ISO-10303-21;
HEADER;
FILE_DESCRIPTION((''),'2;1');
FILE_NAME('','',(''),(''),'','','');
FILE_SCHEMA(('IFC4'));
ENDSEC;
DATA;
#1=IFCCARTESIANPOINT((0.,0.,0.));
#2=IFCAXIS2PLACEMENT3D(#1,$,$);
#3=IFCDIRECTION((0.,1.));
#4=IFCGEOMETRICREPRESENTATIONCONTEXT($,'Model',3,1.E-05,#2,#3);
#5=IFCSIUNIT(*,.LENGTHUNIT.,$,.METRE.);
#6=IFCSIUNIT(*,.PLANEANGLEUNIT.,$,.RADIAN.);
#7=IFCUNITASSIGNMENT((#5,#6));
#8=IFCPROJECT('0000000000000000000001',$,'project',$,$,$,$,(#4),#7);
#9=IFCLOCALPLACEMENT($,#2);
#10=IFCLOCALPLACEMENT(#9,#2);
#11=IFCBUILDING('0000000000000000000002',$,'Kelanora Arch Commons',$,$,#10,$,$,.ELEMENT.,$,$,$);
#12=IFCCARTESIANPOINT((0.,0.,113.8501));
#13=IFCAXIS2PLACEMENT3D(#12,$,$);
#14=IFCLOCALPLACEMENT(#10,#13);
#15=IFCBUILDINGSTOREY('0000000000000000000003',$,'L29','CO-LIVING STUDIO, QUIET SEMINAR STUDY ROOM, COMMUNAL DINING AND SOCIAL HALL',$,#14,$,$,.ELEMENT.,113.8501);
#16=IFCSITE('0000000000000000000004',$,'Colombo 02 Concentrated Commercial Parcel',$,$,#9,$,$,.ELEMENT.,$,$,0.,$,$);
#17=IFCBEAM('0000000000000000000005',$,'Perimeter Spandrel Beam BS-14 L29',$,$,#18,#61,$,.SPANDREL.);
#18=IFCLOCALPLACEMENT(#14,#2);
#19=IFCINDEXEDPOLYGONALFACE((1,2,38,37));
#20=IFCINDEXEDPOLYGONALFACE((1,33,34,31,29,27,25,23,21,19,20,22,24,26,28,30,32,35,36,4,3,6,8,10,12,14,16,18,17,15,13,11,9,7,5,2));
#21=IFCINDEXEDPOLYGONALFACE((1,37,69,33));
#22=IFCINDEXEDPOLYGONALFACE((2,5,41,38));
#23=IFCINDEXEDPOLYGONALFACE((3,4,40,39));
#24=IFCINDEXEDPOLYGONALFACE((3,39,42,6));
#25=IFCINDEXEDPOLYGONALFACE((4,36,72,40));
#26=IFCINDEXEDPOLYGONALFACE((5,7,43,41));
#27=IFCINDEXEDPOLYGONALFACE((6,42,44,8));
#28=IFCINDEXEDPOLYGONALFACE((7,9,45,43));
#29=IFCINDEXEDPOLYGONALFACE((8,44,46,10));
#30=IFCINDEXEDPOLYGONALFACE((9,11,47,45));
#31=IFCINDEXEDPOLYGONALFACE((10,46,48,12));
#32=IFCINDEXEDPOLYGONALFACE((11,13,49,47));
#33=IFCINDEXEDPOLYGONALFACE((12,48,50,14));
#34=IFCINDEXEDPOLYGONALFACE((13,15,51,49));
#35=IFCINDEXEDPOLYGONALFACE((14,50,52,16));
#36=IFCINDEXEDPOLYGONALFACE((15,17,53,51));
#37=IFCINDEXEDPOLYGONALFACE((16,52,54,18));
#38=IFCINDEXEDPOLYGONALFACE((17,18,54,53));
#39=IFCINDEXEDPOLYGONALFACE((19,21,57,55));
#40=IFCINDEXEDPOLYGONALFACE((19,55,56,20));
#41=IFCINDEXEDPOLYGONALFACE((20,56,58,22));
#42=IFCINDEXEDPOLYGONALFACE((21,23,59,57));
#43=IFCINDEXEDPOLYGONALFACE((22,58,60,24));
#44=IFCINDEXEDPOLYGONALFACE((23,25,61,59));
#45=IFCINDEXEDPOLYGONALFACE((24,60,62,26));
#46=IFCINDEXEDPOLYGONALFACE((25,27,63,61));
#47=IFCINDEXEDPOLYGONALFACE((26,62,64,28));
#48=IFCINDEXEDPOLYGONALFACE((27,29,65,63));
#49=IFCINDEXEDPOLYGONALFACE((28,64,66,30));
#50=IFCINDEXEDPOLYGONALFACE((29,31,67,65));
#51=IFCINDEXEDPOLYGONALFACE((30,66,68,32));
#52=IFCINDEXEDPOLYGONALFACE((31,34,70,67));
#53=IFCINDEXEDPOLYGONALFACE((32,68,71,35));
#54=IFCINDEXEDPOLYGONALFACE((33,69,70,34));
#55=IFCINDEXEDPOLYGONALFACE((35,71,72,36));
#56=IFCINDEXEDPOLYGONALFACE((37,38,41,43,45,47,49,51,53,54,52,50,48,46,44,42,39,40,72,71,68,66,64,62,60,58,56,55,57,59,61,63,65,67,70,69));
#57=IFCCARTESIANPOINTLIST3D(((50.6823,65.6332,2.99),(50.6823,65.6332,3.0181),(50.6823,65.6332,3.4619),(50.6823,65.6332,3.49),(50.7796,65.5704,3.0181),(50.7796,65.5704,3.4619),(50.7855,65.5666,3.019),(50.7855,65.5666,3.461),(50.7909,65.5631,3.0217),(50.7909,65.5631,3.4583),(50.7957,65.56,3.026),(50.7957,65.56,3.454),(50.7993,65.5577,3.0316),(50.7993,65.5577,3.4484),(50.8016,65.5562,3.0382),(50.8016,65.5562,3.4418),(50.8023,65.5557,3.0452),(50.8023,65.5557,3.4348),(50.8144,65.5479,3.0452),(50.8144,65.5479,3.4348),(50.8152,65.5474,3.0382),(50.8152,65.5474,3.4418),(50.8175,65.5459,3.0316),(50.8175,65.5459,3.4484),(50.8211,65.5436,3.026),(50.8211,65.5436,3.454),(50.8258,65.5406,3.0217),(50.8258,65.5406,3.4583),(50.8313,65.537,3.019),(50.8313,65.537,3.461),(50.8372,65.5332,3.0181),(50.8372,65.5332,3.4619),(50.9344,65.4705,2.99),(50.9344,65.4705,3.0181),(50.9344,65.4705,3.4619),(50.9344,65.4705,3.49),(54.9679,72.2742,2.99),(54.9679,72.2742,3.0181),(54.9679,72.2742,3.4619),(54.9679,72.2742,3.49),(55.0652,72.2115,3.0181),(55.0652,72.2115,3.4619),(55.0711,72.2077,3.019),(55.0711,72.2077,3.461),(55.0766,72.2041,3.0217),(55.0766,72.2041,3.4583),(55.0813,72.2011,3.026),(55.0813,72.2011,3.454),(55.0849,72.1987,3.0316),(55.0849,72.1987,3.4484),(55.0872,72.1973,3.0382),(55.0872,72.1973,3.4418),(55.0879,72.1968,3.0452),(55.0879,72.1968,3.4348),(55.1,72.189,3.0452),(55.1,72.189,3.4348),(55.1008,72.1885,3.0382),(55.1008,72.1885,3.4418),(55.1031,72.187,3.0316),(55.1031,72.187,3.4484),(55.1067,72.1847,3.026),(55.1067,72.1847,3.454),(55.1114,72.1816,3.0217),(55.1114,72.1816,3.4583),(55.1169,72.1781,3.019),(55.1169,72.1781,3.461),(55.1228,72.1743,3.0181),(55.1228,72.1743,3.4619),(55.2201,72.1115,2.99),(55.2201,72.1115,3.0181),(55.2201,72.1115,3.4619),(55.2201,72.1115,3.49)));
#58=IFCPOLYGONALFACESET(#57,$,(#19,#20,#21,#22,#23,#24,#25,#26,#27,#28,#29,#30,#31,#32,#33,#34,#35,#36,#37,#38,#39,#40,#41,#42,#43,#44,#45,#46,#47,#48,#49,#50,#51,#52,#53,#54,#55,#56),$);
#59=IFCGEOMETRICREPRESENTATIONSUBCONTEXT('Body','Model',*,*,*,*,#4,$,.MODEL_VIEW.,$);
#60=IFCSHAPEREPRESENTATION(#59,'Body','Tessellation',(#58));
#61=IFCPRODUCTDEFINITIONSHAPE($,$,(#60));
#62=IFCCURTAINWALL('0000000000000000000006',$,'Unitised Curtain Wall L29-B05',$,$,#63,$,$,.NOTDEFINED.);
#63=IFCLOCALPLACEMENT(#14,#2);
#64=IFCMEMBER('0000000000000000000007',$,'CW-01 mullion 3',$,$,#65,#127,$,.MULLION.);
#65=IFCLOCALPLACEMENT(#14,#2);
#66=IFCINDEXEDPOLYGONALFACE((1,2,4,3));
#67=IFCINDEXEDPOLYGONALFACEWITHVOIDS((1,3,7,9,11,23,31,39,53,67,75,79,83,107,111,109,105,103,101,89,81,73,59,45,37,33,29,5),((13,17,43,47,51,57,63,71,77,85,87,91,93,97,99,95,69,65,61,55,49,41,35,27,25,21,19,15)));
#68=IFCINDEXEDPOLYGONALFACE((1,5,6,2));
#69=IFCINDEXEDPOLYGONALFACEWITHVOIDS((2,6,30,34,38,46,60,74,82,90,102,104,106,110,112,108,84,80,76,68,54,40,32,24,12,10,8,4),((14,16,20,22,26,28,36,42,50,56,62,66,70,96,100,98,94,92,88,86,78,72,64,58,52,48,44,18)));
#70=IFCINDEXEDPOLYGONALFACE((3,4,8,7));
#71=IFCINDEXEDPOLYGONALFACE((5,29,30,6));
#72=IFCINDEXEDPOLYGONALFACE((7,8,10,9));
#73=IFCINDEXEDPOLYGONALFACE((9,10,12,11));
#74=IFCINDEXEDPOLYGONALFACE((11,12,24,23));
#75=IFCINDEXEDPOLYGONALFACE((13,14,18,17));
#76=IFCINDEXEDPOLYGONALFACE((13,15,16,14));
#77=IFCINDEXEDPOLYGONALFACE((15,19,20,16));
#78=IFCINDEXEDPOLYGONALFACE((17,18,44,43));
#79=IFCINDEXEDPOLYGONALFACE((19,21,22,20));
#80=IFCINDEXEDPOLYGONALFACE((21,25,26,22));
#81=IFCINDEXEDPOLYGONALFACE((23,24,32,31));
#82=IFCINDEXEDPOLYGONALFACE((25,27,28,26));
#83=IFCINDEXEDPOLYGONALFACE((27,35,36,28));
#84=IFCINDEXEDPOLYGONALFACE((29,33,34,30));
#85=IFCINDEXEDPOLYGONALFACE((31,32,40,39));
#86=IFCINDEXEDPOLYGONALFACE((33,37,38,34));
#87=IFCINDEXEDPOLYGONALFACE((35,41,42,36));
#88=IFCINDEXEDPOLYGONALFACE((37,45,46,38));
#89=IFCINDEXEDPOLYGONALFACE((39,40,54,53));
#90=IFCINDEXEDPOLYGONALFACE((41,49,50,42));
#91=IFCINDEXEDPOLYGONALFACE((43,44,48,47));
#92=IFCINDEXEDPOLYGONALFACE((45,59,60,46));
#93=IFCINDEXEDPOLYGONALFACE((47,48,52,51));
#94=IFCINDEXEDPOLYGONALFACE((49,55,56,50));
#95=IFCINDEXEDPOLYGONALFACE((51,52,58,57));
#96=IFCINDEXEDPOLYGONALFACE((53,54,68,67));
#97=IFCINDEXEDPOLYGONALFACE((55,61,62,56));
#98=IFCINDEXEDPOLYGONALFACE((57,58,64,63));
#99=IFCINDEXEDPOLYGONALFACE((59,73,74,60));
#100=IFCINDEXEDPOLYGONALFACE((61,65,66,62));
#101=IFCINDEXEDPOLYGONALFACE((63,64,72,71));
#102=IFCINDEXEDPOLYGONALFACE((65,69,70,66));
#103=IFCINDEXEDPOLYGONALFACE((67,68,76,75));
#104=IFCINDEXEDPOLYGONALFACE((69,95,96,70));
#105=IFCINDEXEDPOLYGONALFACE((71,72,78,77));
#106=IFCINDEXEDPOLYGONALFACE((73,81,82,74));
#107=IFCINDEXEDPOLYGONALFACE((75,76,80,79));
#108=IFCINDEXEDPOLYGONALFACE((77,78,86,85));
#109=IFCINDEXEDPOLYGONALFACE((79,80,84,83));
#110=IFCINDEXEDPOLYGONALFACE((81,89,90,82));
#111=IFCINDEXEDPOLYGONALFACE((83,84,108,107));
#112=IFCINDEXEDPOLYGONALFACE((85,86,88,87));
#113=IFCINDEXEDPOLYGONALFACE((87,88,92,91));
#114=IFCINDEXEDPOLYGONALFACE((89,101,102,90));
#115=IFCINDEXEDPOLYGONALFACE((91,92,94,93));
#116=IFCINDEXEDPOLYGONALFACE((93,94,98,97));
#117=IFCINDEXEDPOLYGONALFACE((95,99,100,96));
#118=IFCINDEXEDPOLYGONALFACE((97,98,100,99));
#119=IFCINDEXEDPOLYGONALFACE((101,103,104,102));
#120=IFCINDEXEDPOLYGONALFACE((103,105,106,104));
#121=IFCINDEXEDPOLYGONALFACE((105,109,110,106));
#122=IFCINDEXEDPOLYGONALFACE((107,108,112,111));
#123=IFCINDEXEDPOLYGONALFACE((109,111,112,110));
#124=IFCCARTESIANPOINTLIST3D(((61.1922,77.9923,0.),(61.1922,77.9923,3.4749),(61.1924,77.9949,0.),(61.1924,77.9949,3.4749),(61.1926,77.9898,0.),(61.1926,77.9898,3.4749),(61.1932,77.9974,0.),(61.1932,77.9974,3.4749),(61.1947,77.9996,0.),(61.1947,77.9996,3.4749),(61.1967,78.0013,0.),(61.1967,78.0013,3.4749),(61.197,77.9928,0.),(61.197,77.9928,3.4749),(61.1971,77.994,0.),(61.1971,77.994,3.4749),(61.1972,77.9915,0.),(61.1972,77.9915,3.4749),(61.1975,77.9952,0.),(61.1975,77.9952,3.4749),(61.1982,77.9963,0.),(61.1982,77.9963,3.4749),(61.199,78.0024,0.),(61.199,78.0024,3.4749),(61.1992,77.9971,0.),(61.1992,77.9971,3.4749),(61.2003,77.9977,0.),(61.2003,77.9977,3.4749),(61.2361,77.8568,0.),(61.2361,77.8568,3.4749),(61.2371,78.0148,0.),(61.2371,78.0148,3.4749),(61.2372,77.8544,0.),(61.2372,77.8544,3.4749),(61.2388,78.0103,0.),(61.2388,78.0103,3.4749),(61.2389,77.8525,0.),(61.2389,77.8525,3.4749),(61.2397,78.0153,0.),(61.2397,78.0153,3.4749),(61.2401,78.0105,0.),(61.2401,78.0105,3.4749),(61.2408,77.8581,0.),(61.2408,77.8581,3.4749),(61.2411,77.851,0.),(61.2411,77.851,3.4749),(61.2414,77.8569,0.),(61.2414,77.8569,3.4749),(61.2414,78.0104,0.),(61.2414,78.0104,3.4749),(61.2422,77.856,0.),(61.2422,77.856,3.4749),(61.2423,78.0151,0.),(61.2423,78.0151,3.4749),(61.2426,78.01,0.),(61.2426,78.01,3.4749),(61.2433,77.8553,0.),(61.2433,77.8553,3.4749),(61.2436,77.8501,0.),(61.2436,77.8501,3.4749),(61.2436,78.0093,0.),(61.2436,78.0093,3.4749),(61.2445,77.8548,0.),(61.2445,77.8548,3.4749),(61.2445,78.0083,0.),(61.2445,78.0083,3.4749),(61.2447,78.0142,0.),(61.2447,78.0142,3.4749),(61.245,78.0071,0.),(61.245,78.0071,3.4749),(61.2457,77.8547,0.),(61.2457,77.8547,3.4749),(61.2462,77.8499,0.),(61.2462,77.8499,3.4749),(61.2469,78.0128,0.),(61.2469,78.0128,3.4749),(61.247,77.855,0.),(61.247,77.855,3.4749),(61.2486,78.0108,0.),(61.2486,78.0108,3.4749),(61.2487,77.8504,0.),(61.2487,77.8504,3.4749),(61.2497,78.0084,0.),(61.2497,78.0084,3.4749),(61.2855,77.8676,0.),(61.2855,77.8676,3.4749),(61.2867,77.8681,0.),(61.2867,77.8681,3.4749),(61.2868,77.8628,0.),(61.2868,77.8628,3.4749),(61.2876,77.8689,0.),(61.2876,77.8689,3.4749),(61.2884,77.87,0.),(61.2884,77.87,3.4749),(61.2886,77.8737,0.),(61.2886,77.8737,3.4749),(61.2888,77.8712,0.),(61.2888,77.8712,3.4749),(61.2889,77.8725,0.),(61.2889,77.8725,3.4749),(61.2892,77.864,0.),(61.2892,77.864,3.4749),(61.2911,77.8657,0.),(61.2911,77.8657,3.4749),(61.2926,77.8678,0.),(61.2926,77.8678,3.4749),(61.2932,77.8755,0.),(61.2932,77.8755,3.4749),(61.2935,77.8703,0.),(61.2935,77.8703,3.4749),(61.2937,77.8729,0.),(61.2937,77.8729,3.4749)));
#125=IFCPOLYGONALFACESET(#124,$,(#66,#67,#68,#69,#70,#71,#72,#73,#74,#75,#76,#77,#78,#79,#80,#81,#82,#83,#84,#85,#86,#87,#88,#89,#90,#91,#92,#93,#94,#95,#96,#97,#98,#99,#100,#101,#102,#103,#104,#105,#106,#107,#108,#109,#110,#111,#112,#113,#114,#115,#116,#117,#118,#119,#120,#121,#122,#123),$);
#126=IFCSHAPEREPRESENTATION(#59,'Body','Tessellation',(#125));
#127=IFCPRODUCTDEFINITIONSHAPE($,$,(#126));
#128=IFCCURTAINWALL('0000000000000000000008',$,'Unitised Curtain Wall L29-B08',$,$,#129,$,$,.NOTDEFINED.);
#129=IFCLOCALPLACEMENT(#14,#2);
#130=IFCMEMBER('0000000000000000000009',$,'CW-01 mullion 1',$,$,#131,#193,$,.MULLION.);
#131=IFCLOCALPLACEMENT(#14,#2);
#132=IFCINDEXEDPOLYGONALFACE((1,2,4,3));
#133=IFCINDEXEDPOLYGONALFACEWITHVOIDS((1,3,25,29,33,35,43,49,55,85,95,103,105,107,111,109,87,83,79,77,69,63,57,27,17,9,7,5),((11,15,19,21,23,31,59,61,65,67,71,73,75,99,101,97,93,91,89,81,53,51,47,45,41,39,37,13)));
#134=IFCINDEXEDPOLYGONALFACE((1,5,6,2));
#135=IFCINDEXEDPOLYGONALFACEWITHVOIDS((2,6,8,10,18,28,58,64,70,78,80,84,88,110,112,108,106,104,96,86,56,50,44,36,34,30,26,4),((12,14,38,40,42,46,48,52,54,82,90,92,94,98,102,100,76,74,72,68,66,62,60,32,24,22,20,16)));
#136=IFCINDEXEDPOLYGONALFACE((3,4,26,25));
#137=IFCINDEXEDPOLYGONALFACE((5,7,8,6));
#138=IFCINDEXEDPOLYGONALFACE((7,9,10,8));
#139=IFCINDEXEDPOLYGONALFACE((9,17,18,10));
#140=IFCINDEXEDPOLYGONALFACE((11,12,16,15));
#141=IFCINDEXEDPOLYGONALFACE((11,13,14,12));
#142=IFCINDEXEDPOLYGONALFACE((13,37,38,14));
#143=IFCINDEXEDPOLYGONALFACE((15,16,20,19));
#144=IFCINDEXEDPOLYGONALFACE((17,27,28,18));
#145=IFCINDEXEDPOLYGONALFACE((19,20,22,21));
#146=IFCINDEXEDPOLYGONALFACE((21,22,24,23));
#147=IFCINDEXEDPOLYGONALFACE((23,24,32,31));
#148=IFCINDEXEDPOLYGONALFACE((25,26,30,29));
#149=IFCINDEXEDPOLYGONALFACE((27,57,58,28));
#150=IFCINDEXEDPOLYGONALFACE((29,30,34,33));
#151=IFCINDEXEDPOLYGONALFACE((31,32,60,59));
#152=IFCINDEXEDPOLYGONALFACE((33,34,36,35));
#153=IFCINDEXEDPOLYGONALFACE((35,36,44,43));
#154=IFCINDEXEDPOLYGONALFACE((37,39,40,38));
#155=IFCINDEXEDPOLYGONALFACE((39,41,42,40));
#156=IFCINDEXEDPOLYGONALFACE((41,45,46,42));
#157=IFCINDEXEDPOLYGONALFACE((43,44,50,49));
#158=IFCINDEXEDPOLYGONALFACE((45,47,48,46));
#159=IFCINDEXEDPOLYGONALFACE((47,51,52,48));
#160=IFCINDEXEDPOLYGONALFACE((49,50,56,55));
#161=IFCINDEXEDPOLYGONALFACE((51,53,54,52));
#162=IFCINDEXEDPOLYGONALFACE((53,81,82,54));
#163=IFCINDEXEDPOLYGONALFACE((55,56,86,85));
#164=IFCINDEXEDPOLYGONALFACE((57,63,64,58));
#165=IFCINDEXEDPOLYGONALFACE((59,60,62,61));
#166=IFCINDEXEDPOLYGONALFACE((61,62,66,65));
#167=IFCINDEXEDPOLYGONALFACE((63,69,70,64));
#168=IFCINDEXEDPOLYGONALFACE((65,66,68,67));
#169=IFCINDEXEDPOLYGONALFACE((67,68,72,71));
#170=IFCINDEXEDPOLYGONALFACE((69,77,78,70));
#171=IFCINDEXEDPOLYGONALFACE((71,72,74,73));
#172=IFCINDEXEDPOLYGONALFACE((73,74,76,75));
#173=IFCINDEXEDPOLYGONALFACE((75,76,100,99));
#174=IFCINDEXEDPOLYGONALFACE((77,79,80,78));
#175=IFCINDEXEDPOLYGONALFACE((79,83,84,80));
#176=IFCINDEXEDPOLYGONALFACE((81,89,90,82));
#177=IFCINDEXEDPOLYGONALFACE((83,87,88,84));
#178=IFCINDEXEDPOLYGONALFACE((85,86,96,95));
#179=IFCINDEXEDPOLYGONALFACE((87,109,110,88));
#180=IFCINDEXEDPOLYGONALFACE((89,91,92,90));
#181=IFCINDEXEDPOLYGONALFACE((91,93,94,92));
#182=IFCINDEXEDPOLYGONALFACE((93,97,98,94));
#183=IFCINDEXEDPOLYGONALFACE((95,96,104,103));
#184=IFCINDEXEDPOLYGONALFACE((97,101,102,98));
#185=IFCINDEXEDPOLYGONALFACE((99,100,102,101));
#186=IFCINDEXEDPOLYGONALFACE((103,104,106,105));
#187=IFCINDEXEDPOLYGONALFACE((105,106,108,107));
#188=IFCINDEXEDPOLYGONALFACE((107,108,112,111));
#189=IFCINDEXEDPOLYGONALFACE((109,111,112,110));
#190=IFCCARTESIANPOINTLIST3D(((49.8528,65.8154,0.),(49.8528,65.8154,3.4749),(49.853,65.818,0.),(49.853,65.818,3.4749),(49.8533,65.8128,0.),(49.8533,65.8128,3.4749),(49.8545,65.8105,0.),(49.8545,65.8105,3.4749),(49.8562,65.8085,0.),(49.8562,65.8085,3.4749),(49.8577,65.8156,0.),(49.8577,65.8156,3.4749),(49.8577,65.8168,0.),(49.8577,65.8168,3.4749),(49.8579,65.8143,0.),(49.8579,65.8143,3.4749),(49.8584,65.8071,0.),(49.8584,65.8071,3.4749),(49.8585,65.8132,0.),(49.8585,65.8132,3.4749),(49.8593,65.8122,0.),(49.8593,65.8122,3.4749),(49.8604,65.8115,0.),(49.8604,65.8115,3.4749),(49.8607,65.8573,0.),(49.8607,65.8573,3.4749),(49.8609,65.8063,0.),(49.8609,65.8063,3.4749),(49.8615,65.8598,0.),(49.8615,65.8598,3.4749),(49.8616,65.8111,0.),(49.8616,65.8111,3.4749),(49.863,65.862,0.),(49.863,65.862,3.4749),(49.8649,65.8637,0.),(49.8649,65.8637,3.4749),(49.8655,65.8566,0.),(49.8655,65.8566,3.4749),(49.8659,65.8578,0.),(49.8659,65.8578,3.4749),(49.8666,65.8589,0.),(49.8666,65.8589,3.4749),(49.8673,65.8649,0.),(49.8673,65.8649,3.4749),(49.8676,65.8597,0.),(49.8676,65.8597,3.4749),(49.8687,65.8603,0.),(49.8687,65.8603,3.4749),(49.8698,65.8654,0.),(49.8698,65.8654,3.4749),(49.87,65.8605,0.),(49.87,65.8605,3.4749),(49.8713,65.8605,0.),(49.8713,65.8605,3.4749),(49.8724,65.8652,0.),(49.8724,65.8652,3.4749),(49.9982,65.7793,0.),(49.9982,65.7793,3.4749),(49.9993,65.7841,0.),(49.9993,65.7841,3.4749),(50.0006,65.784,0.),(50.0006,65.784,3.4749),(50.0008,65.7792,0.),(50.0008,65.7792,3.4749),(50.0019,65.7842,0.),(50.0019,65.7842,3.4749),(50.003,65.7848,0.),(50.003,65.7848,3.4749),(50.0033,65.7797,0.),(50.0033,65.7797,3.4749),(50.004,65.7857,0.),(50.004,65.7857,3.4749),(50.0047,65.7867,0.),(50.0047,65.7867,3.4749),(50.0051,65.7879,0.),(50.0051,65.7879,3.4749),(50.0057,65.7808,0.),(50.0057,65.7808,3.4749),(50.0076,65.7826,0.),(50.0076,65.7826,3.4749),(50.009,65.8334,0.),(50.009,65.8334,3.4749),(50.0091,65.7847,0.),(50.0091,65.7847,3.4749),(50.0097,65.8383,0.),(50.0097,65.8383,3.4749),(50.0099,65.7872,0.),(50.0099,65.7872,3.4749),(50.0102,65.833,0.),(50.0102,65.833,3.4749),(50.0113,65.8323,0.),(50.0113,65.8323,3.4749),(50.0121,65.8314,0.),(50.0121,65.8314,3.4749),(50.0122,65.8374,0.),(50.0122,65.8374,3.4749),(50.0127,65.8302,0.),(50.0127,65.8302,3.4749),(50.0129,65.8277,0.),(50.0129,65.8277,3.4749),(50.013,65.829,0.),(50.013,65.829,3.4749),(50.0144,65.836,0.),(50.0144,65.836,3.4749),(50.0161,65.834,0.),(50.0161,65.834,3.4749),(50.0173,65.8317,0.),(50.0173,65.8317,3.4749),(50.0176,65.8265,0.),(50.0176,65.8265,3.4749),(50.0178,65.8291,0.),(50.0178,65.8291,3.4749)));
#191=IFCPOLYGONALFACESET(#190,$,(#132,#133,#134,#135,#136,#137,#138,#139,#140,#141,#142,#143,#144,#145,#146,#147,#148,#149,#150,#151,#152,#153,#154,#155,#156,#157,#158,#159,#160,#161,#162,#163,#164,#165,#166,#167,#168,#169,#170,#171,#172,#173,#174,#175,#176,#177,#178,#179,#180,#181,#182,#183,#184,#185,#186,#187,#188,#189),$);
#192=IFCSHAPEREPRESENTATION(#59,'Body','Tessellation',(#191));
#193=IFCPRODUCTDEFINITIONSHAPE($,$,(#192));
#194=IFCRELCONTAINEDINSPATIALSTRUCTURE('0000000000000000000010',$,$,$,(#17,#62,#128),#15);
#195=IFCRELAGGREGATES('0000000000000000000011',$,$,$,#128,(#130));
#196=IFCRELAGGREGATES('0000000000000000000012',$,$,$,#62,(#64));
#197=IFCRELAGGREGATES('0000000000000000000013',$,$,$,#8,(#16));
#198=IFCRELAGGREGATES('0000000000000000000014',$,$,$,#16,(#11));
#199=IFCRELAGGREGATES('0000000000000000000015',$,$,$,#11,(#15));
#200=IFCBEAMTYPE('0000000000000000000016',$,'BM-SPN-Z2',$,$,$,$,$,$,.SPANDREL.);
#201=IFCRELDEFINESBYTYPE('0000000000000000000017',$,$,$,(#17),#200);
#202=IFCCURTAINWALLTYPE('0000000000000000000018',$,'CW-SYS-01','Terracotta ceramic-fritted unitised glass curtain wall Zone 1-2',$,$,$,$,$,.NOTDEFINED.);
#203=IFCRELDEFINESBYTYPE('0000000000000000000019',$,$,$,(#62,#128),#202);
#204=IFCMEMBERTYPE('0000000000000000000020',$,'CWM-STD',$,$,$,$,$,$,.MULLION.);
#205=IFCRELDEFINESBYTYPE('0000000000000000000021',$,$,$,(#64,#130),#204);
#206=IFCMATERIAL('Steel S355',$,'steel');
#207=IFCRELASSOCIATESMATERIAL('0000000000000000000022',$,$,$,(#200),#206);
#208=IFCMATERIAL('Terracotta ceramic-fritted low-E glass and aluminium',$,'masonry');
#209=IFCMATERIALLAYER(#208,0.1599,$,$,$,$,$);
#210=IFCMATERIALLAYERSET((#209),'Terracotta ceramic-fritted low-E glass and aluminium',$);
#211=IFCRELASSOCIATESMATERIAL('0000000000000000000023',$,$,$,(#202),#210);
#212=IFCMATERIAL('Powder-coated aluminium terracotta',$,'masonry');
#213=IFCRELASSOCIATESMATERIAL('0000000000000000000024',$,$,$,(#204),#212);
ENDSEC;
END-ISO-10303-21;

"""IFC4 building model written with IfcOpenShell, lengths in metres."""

from ifc_helpers import new_model, si_unit, direction, frame, origin, origin_2d, place, context, subcontext, project, spatial, hollow_rectangle, i_section, extrude, material, layer, layer_set, material_profile, profile_set, type_object, element, aggregate, save


model = new_model("IFC4")

# Units and contexts
model_context = context("Model", 3, precision=1e-05, world=origin(), true_north=direction((0.0, 1.0)))
body_context = subcontext(model_context, "Body", "Model", "MODEL_VIEW")
ifc_project = project(units=[si_unit("LENGTHUNIT", "METRE"), si_unit("PLANEANGLEUNIT", "RADIAN")], contexts=[model_context])

# Site, building, storey
site_placement = place(None, origin())
site = spatial("IfcSite", under=ifc_project, at=site_placement, Name="Colombo 02 Concentrated Commercial Parcel", CompositionType="ELEMENT", RefElevation=0.0)
building_placement = place(site_placement, origin())
building = spatial("IfcBuilding", under=site, at=building_placement, Name="Kelanora Arch Commons", CompositionType="ELEMENT")
storey_placement = place(building_placement, frame((0.0, 0.0, 113.8501)))
storey = spatial("IfcBuildingStorey", under=building, at=storey_placement, Name="L29", Description="CO-LIVING STUDIO, QUIET SEMINAR STUDY ROOM, COMMUNAL DINING AND SOCIAL HALL", CompositionType="ELEMENT", Elevation=113.8501)

# Beam
ifc_material_1 = material(Name="Steel S355", Category="steel")
ifc_material_profile_1 = material_profile(ifc_material_1, i_section(OverallWidth=0.3, OverallDepth=0.5, WebThickness=0.0144, FlangeThickness=0.0281, FilletRadius=0.0271, at=origin_2d()), Name="HEB500")
ifc_profile_set_1 = profile_set([ifc_material_profile_1], Name="Steel S355")
beam_type_1 = type_object("IfcBeamType", Name="BM-SPN-Z2", PredefinedType="SPANDREL", material=ifc_profile_set_1)
beam_1_placement = place(storey_placement, frame((55.094, 72.1929, 3.24), z_axis=(-0.542221, -0.840236, 0.0), x_axis=(0.840236, -0.542221, 0.0)))
element("IfcBeam", 1, at=beam_1_placement, inside=storey, type_object=beam_type_1, Name="Perimeter Spandrel Beam BS-14 L29", PredefinedType="SPANDREL", context=body_context, shape_type="SweptSolid", body=[
    extrude(i_section(OverallWidth=0.3, OverallDepth=0.5, WebThickness=0.0144, FlangeThickness=0.0281, FilletRadius=0.0271, at=origin_2d()), origin(), (0.0, 0.0, 1.0), 7.9038),
])

# Curtain wall, member
ifc_material_2 = material(Name="Terracotta ceramic-fritted low-E glass and aluminium", Category="masonry")
ifc_layer_1 = layer(ifc_material_2, 0.1599)
ifc_layer_set_1 = layer_set([ifc_layer_1], Name="Terracotta ceramic-fritted low-E glass and aluminium")
curtain_wall_type = type_object("IfcCurtainWallType", Name="CW-SYS-01", Description="Terracotta ceramic-fritted unitised glass curtain wall Zone 1-2", PredefinedType="NOTDEFINED", material=ifc_layer_set_1)
curtain_wall_1_placement = place(storey_placement, origin())
curtain_wall_1 = element("IfcCurtainWall", 2, at=curtain_wall_1_placement, inside=storey, type_object=curtain_wall_type, Name="Unitised Curtain Wall L29-B05", PredefinedType="NOTDEFINED")
ifc_material_3 = material(Name="Powder-coated aluminium terracotta", Category="masonry")
ifc_material_profile_2 = material_profile(ifc_material_3, hollow_rectangle(XDim=0.1599, YDim=0.0601, WallThickness=0.0049, InnerFilletRadius=0.0049, OuterFilletRadius=0.01, at=origin_2d()), Name="CWM160x60")
ifc_profile_set_2 = profile_set([ifc_material_profile_2], Name="Powder-coated aluminium terracotta")
member_type_1 = type_object("IfcMemberType", Name="CWM-STD", PredefinedType="MULLION", material=ifc_profile_set_2)
member_1_placement = place(storey_placement, frame((61.2429, 77.9326, 0.0), z_axis=(0.0, 0.0, 1.0), x_axis=(0.310805, -0.950474, 0.0)))
member_1 = element("IfcMember", 3, at=member_1_placement, type_object=member_type_1, Name="CW-01 mullion 3", PredefinedType="MULLION", context=body_context, shape_type="SweptSolid", body=[
    extrude(hollow_rectangle(XDim=0.1599, YDim=0.0601, WallThickness=0.0049, InnerFilletRadius=0.0049, OuterFilletRadius=0.01, at=origin_2d()), origin(), (0.0, 0.0, 1.0), 3.4749),
])

# Curtain wall, member
curtain_wall_2_placement = place(storey_placement, origin())
curtain_wall_2 = element("IfcCurtainWall", 4, at=curtain_wall_2_placement, inside=storey, type_object=curtain_wall_type, Name="Unitised Curtain Wall L29-B08", PredefinedType="NOTDEFINED")
member_2_placement = place(storey_placement, frame((49.9353, 65.8223, 0.0), z_axis=(0.0, 0.0, 1.0), x_axis=(0.98128, -0.192585, 0.0)))
member_2 = element("IfcMember", 5, at=member_2_placement, type_object=member_type_1, Name="CW-01 mullion 1", PredefinedType="MULLION", context=body_context, shape_type="SweptSolid", body=[
    extrude(hollow_rectangle(XDim=0.1599, YDim=0.0601, WallThickness=0.0049, InnerFilletRadius=0.0049, OuterFilletRadius=0.01, at=origin_2d()), origin(), (0.0, 0.0, 1.0), 3.4749),
])
aggregate(curtain_wall_2, [member_2])

aggregate(curtain_wall_1, [member_1])

save(model, "model.ifc")
